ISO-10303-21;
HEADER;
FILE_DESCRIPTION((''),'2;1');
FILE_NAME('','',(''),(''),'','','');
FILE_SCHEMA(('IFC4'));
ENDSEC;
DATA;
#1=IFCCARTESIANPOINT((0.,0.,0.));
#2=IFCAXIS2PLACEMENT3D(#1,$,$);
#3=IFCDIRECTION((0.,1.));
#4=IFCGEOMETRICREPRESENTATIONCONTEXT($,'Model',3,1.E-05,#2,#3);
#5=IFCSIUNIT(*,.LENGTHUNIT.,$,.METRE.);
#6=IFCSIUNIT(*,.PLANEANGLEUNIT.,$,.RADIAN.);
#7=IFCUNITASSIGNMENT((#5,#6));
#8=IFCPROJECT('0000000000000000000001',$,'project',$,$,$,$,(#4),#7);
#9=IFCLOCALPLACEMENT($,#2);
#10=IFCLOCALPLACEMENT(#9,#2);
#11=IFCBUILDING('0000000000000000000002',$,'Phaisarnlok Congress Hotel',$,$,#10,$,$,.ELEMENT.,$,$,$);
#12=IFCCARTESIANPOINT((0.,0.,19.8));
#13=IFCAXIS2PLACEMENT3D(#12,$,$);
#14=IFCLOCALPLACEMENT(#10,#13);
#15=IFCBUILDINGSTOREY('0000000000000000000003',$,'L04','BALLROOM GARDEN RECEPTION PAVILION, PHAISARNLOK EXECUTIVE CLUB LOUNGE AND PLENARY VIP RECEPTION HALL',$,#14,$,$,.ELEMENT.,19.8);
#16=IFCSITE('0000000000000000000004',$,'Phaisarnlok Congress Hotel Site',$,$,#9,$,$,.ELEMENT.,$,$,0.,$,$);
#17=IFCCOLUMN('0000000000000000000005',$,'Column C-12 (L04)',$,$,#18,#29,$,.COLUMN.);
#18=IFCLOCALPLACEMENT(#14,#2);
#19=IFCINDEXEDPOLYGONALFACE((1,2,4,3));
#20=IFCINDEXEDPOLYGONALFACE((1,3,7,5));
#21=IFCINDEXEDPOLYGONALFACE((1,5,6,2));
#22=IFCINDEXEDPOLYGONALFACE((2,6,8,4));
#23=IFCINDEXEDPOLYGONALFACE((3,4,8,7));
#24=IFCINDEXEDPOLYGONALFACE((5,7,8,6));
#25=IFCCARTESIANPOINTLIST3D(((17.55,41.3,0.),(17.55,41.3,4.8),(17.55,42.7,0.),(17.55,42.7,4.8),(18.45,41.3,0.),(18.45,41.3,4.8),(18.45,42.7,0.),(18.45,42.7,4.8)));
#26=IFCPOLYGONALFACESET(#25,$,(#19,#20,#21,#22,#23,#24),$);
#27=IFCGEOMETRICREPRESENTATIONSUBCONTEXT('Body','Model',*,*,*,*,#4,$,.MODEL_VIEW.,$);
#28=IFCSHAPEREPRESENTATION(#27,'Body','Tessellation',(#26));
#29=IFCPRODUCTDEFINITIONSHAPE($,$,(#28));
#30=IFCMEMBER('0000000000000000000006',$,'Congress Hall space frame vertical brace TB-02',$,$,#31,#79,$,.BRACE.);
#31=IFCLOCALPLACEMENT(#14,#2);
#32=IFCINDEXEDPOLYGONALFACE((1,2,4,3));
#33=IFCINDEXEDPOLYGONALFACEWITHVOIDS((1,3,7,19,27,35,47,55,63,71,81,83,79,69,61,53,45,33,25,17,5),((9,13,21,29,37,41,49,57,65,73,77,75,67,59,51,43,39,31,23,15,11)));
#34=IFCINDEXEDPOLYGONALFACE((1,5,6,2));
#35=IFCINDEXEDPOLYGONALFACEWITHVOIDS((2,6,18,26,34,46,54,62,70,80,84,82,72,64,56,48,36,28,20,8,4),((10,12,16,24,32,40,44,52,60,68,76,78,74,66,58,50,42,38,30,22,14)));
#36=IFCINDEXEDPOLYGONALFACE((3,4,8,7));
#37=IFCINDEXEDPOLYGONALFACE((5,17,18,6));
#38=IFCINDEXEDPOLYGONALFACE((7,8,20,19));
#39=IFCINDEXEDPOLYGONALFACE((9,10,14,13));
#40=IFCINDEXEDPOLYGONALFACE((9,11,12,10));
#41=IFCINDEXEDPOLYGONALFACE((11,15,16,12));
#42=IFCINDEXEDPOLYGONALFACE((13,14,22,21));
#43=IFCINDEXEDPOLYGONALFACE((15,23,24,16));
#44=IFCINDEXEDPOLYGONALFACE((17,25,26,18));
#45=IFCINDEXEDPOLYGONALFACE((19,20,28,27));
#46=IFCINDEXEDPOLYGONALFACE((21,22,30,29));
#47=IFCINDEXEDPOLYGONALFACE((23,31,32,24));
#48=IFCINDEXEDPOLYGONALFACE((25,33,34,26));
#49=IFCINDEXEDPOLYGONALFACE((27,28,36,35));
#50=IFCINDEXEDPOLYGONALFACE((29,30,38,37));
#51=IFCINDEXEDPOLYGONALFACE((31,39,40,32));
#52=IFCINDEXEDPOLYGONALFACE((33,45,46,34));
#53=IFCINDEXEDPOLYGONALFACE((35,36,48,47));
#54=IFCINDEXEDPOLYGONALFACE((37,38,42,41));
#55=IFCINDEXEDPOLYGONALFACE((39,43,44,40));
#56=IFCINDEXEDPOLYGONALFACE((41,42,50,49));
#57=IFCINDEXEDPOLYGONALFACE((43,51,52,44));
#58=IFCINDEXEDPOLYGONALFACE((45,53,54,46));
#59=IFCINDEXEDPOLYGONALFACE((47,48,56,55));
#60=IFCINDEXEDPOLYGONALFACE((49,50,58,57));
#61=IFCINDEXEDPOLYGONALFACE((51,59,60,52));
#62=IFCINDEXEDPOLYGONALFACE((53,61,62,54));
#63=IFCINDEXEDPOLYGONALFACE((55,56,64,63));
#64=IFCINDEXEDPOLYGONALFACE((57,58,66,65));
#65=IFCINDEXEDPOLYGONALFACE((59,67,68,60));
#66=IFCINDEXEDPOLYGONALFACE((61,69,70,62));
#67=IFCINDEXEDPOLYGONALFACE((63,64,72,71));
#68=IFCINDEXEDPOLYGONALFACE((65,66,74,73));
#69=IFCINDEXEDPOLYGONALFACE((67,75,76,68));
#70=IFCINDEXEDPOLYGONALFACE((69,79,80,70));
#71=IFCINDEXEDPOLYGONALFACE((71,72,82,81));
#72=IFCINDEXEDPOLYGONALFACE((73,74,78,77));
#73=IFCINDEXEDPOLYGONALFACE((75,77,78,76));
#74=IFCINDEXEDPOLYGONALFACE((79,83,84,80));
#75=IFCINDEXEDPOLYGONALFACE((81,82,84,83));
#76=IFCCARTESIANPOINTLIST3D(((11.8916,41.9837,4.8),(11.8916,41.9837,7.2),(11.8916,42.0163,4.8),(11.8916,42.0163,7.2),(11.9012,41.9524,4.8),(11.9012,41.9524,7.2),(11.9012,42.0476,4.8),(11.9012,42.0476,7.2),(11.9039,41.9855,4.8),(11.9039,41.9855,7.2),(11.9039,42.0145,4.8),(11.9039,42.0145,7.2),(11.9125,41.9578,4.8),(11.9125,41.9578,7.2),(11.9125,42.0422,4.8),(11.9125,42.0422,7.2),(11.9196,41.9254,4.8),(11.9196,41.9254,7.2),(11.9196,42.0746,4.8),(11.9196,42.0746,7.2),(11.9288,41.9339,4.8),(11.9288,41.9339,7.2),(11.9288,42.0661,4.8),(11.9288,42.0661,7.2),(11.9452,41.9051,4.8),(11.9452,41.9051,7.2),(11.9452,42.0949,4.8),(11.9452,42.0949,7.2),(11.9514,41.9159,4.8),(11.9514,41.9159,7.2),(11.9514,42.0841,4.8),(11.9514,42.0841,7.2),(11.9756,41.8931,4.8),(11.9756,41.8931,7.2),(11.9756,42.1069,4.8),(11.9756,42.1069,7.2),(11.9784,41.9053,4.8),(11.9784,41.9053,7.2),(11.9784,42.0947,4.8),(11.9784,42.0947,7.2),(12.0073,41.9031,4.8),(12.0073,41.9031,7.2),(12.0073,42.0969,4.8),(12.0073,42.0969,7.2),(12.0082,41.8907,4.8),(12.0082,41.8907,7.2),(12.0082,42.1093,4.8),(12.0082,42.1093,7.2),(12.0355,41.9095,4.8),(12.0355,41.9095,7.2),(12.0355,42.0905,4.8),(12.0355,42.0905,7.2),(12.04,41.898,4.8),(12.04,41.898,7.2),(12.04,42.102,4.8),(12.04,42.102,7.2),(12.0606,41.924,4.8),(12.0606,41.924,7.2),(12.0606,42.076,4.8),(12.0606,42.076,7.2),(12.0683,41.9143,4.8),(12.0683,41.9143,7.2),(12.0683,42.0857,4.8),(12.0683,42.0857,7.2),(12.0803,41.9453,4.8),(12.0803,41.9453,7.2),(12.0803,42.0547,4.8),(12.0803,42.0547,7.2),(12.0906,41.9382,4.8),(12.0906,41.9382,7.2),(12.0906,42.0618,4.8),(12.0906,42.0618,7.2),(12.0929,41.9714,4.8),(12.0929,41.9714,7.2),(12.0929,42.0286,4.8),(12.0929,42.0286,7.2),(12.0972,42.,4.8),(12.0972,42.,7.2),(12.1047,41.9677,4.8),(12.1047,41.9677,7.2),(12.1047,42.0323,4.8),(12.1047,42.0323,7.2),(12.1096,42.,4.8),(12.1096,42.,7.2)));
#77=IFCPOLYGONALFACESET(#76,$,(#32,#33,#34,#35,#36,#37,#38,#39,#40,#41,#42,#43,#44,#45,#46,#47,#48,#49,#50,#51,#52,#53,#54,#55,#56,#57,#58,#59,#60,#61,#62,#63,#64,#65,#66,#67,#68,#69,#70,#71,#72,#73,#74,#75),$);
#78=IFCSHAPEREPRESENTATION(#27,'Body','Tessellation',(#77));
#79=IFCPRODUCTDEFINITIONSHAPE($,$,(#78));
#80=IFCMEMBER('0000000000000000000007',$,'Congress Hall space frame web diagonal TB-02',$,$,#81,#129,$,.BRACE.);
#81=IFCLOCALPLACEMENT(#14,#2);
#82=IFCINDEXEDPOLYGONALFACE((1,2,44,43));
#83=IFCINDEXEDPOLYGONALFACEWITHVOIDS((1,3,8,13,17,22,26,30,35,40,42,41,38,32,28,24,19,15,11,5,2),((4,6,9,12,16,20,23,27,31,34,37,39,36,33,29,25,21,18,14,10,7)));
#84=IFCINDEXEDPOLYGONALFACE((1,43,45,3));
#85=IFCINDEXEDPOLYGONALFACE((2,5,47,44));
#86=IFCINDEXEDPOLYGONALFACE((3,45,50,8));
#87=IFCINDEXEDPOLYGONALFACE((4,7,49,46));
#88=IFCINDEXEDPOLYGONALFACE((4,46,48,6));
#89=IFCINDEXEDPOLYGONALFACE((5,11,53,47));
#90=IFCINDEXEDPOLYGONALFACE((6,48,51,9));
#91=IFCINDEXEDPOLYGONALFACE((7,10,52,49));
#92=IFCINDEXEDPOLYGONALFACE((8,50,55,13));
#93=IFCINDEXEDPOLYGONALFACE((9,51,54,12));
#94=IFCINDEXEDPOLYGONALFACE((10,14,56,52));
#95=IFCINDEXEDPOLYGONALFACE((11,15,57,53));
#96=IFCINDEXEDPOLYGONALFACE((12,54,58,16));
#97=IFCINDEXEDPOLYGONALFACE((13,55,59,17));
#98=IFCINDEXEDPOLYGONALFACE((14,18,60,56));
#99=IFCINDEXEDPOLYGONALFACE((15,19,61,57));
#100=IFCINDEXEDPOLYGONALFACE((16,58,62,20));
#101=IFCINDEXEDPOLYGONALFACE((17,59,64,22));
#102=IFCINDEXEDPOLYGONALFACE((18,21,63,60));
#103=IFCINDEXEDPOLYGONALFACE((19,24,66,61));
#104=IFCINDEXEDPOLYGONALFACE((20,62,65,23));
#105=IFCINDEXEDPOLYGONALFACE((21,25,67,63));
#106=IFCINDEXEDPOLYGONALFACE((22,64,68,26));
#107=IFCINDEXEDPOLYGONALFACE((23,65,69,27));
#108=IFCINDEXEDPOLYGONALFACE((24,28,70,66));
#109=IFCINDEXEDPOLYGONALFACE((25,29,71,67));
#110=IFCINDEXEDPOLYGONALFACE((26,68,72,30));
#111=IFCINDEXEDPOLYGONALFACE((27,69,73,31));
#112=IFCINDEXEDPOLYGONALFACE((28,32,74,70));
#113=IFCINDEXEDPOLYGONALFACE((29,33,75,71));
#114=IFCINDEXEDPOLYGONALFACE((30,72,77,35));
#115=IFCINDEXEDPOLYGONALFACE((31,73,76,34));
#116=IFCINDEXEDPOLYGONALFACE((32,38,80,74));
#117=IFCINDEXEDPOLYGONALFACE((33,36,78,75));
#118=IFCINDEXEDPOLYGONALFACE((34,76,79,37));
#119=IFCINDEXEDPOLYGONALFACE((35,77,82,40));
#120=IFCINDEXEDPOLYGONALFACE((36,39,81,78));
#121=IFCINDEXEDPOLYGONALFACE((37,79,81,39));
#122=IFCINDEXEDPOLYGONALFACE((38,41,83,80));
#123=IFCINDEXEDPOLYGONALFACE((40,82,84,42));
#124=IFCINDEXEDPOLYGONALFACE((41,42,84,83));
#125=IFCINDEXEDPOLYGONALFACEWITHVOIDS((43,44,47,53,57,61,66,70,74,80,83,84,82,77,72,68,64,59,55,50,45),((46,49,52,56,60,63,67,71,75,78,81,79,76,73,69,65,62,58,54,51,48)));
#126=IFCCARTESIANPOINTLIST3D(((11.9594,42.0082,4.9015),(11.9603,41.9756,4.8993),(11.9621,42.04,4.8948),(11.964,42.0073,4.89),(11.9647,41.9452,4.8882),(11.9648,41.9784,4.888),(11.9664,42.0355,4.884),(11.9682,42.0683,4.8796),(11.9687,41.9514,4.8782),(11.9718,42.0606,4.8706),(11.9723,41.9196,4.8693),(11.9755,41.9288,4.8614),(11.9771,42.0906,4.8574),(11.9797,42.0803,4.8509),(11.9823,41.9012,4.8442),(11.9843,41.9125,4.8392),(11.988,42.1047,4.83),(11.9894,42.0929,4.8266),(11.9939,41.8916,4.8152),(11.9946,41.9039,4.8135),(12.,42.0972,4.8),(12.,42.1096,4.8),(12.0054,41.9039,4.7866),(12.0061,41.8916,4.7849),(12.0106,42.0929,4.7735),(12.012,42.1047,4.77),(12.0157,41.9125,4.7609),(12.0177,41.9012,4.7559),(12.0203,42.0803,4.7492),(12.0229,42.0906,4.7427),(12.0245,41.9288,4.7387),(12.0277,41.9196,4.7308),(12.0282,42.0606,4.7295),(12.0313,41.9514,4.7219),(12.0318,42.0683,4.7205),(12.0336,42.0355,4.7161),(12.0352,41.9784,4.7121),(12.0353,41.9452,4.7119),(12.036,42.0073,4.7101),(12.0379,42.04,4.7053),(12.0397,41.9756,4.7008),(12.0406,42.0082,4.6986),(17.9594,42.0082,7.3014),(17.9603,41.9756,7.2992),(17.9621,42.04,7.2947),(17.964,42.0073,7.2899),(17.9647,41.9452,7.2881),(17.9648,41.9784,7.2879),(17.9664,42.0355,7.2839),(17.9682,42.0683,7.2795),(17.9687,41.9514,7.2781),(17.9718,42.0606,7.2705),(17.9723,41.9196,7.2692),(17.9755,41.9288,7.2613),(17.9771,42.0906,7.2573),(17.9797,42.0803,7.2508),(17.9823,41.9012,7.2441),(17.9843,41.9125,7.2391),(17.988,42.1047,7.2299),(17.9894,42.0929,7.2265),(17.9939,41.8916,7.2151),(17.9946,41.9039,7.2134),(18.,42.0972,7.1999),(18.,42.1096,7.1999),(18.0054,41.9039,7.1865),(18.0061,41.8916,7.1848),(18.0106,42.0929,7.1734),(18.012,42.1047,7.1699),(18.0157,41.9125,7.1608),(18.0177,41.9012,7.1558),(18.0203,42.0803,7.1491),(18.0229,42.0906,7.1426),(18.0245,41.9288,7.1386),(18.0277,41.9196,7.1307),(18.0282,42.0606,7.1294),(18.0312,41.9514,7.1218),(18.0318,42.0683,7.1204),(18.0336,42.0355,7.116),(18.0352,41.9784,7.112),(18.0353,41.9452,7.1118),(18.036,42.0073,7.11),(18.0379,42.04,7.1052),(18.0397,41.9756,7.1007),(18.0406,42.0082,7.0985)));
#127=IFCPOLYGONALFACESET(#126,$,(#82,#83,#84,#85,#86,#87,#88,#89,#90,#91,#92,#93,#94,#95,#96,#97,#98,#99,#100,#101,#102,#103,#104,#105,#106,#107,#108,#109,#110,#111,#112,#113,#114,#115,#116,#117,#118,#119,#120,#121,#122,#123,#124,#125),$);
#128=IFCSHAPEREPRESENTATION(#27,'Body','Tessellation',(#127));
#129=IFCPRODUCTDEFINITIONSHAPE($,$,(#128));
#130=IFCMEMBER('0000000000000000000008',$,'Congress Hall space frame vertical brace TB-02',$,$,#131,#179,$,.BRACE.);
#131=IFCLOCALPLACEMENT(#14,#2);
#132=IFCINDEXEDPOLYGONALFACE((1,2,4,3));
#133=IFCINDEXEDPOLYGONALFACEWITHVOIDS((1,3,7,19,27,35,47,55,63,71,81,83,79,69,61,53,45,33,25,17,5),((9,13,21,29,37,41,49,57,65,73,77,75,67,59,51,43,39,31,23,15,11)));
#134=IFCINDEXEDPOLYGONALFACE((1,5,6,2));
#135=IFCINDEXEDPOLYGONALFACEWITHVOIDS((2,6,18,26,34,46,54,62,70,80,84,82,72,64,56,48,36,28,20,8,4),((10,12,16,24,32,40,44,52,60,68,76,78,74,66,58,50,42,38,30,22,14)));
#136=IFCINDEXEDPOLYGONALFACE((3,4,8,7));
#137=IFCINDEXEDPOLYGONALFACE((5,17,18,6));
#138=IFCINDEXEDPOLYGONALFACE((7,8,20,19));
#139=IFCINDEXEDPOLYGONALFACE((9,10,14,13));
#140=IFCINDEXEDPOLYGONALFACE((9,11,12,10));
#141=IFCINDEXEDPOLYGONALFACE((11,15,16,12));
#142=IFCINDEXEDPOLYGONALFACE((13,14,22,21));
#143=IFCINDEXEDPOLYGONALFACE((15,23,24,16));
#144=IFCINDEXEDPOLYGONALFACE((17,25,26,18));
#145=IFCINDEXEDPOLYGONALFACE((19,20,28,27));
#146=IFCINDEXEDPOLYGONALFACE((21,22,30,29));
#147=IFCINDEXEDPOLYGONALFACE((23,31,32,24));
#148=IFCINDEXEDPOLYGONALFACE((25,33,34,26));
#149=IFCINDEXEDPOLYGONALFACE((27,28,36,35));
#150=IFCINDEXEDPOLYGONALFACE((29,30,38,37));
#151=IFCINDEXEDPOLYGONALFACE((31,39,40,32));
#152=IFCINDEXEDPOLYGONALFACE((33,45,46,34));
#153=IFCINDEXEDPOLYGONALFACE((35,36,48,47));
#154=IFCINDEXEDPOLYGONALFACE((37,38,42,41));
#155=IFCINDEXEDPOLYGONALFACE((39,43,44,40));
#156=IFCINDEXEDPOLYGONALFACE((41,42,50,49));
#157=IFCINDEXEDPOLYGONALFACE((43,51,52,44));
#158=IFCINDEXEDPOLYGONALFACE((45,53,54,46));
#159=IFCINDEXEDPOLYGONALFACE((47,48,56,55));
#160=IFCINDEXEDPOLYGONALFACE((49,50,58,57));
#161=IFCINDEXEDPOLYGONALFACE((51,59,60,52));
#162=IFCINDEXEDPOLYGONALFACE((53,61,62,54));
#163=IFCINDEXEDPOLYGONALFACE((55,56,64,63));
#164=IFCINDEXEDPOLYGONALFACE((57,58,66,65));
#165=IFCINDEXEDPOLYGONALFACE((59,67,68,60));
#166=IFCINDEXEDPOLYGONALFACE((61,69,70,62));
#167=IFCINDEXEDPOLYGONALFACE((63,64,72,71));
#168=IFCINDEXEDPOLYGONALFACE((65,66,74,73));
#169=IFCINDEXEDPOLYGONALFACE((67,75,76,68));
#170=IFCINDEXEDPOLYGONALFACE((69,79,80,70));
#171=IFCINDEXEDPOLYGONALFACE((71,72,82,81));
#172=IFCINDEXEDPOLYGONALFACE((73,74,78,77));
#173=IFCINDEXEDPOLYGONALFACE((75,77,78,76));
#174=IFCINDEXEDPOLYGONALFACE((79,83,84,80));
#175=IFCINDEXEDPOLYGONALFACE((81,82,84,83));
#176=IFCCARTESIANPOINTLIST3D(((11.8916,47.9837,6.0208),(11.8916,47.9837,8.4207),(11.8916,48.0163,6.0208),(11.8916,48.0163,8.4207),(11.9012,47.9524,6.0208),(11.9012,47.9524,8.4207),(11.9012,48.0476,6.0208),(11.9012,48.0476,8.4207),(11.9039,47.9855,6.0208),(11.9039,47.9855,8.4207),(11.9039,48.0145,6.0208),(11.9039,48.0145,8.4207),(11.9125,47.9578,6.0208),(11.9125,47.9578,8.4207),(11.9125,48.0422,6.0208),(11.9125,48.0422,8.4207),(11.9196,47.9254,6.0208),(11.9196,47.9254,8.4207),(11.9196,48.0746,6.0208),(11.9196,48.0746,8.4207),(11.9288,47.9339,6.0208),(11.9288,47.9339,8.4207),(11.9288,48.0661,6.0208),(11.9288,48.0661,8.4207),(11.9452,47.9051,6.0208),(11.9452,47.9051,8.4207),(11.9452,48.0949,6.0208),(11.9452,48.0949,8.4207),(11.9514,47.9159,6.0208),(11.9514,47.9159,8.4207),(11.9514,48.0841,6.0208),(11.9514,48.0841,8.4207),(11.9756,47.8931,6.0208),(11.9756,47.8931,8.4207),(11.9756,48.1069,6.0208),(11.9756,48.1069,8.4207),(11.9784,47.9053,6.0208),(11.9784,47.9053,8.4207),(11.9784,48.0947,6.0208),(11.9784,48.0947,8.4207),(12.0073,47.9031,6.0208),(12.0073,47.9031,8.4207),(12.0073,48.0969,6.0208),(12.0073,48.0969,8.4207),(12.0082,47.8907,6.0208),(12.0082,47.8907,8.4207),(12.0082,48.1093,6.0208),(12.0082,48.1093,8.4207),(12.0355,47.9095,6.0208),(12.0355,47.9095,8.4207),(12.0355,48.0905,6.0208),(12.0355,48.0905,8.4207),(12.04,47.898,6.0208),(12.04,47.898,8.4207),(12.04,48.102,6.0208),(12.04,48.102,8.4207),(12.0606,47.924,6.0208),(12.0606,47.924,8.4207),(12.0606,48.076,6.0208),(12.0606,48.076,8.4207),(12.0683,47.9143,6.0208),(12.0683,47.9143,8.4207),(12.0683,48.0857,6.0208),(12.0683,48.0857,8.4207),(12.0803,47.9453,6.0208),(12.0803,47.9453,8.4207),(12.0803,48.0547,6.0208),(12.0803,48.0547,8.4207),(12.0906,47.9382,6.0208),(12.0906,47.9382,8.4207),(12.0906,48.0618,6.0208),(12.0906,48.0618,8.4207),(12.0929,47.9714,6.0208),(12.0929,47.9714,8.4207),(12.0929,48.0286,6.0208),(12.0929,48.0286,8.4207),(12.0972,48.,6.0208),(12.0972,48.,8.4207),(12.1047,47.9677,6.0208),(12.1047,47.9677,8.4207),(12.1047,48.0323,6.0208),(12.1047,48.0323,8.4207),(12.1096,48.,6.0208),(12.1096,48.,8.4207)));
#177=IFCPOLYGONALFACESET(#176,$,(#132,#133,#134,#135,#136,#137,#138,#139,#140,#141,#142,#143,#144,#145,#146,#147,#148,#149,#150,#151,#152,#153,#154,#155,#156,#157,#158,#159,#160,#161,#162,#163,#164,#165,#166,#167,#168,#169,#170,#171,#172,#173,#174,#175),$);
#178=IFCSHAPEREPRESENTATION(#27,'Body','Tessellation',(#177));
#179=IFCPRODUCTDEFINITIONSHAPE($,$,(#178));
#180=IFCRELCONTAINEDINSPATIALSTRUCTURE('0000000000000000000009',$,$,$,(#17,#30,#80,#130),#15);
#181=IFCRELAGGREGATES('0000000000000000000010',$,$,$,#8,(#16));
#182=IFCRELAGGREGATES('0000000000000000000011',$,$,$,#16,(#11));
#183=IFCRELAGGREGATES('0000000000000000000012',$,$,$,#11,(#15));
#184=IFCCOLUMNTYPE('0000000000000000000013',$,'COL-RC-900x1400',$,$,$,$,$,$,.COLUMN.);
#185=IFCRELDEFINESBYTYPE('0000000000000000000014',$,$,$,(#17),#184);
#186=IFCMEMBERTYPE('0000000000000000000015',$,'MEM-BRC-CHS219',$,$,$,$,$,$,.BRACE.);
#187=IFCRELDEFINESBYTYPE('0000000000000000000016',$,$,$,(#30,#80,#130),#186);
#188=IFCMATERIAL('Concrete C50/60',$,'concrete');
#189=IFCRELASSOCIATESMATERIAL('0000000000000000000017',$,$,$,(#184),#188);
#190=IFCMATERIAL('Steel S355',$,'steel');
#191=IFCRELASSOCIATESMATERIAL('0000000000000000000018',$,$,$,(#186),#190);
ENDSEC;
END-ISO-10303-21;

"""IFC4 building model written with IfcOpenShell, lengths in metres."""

from ifc_helpers import new_model, si_unit, direction, frame, origin, origin_2d, place, context, subcontext, project, spatial, rectangle, hollow_circle, extrude, material, material_profile, profile_set, type_object, element, save


model = new_model("IFC4")

# Units and contexts
model_context = context("Model", 3, precision=1e-05, world=origin(), true_north=direction((0.0, 1.0)))
body_context = subcontext(model_context, "Body", "Model", "MODEL_VIEW")
ifc_project = project(units=[si_unit("LENGTHUNIT", "METRE"), si_unit("PLANEANGLEUNIT", "RADIAN")], contexts=[model_context])

# Site, building, storey
site_placement = place(None, origin())
site = spatial("IfcSite", under=ifc_project, at=site_placement, Name="Phaisarnlok Congress Hotel Site", CompositionType="ELEMENT", RefElevation=0.0)
building_placement = place(site_placement, origin())
building = spatial("IfcBuilding", under=site, at=building_placement, Name="Phaisarnlok Congress Hotel", CompositionType="ELEMENT")
storey_placement = place(building_placement, frame((0.0, 0.0, 19.8)))
storey = spatial("IfcBuildingStorey", under=building, at=storey_placement, Name="L04", Description="BALLROOM GARDEN RECEPTION PAVILION, PHAISARNLOK EXECUTIVE CLUB LOUNGE AND PLENARY VIP RECEPTION HALL", CompositionType="ELEMENT", Elevation=19.8)

# Column
ifc_material_1 = material(Name="Concrete C50/60", Category="concrete")
ifc_material_profile_1 = material_profile(ifc_material_1, rectangle(XDim=0.8999, YDim=1.3999, at=origin_2d()), Name="RC 900x1400")
ifc_profile_set_1 = profile_set([ifc_material_profile_1], Name="Concrete C50/60")
column_type = type_object("IfcColumnType", Name="COL-RC-900x1400", PredefinedType="COLUMN", material=ifc_profile_set_1)
column_placement = place(storey_placement, frame((18.0, 42.0, 0.0), z_axis=(0.0, 0.0, 1.0), x_axis=(1.0, 0.0, 0.0)))
element("IfcColumn", 1, at=column_placement, inside=storey, type_object=column_type, Name="Column C-12 (L04)", PredefinedType="COLUMN", context=body_context, shape_type="SweptSolid", body=[
    extrude(rectangle(XDim=0.8999, YDim=1.3999, at=origin_2d()), origin(), (0.0, 0.0, 1.0), 4.8),
])

# Members
ifc_material_2 = material(Name="Steel S355", Category="steel")
ifc_material_profile_2 = material_profile(ifc_material_2, hollow_circle(Radius=0.1096, WallThickness=0.0125, at=origin_2d()), Name="CHS 219.1x12.5")
ifc_profile_set_2 = profile_set([ifc_material_profile_2], Name="Steel S355")
member_type_1 = type_object("IfcMemberType", Name="MEM-BRC-CHS219", PredefinedType="BRACE", material=ifc_profile_set_2)
member_1_placement = place(storey_placement, frame((12.0, 42.0, 4.8), z_axis=(0.0, 0.0, 1.0), x_axis=(1.0, 0.0, 0.0)))
element("IfcMember", 2, at=member_1_placement, inside=storey, type_object=member_type_1, Name="Congress Hall space frame vertical brace TB-02", PredefinedType="BRACE", context=body_context, shape_type="SweptSolid", body=[
    extrude(hollow_circle(Radius=0.1096, WallThickness=0.0125, at=origin_2d()), origin(), (0.0, 0.0, 1.0), 2.3999),
])
member_2_placement = place(storey_placement, frame((12.0, 42.0, 4.8), z_axis=(0.928482, 0.0, 0.371378), x_axis=(0.0, 1.0, 0.0)))
element("IfcMember", 3, at=member_2_placement, inside=storey, type_object=member_type_1, Name="Congress Hall space frame web diagonal TB-02", PredefinedType="BRACE", context=body_context, shape_type="SweptSolid", body=[
    extrude(hollow_circle(Radius=0.1096, WallThickness=0.0125, at=origin_2d()), origin(), (0.0, 0.0, 1.0), 6.4622),
])
member_3_placement = place(storey_placement, frame((12.0, 48.0, 6.0208), z_axis=(0.0, 0.0, 1.0), x_axis=(1.0, 0.0, 0.0)))
element("IfcMember", 4, at=member_3_placement, inside=storey, type_object=member_type_1, Name="Congress Hall space frame vertical brace TB-02", PredefinedType="BRACE", context=body_context, shape_type="SweptSolid", body=[
    extrude(hollow_circle(Radius=0.1096, WallThickness=0.0125, at=origin_2d()), origin(), (0.0, 0.0, 1.0), 2.3999),
])

save(model, "model.ifc")
